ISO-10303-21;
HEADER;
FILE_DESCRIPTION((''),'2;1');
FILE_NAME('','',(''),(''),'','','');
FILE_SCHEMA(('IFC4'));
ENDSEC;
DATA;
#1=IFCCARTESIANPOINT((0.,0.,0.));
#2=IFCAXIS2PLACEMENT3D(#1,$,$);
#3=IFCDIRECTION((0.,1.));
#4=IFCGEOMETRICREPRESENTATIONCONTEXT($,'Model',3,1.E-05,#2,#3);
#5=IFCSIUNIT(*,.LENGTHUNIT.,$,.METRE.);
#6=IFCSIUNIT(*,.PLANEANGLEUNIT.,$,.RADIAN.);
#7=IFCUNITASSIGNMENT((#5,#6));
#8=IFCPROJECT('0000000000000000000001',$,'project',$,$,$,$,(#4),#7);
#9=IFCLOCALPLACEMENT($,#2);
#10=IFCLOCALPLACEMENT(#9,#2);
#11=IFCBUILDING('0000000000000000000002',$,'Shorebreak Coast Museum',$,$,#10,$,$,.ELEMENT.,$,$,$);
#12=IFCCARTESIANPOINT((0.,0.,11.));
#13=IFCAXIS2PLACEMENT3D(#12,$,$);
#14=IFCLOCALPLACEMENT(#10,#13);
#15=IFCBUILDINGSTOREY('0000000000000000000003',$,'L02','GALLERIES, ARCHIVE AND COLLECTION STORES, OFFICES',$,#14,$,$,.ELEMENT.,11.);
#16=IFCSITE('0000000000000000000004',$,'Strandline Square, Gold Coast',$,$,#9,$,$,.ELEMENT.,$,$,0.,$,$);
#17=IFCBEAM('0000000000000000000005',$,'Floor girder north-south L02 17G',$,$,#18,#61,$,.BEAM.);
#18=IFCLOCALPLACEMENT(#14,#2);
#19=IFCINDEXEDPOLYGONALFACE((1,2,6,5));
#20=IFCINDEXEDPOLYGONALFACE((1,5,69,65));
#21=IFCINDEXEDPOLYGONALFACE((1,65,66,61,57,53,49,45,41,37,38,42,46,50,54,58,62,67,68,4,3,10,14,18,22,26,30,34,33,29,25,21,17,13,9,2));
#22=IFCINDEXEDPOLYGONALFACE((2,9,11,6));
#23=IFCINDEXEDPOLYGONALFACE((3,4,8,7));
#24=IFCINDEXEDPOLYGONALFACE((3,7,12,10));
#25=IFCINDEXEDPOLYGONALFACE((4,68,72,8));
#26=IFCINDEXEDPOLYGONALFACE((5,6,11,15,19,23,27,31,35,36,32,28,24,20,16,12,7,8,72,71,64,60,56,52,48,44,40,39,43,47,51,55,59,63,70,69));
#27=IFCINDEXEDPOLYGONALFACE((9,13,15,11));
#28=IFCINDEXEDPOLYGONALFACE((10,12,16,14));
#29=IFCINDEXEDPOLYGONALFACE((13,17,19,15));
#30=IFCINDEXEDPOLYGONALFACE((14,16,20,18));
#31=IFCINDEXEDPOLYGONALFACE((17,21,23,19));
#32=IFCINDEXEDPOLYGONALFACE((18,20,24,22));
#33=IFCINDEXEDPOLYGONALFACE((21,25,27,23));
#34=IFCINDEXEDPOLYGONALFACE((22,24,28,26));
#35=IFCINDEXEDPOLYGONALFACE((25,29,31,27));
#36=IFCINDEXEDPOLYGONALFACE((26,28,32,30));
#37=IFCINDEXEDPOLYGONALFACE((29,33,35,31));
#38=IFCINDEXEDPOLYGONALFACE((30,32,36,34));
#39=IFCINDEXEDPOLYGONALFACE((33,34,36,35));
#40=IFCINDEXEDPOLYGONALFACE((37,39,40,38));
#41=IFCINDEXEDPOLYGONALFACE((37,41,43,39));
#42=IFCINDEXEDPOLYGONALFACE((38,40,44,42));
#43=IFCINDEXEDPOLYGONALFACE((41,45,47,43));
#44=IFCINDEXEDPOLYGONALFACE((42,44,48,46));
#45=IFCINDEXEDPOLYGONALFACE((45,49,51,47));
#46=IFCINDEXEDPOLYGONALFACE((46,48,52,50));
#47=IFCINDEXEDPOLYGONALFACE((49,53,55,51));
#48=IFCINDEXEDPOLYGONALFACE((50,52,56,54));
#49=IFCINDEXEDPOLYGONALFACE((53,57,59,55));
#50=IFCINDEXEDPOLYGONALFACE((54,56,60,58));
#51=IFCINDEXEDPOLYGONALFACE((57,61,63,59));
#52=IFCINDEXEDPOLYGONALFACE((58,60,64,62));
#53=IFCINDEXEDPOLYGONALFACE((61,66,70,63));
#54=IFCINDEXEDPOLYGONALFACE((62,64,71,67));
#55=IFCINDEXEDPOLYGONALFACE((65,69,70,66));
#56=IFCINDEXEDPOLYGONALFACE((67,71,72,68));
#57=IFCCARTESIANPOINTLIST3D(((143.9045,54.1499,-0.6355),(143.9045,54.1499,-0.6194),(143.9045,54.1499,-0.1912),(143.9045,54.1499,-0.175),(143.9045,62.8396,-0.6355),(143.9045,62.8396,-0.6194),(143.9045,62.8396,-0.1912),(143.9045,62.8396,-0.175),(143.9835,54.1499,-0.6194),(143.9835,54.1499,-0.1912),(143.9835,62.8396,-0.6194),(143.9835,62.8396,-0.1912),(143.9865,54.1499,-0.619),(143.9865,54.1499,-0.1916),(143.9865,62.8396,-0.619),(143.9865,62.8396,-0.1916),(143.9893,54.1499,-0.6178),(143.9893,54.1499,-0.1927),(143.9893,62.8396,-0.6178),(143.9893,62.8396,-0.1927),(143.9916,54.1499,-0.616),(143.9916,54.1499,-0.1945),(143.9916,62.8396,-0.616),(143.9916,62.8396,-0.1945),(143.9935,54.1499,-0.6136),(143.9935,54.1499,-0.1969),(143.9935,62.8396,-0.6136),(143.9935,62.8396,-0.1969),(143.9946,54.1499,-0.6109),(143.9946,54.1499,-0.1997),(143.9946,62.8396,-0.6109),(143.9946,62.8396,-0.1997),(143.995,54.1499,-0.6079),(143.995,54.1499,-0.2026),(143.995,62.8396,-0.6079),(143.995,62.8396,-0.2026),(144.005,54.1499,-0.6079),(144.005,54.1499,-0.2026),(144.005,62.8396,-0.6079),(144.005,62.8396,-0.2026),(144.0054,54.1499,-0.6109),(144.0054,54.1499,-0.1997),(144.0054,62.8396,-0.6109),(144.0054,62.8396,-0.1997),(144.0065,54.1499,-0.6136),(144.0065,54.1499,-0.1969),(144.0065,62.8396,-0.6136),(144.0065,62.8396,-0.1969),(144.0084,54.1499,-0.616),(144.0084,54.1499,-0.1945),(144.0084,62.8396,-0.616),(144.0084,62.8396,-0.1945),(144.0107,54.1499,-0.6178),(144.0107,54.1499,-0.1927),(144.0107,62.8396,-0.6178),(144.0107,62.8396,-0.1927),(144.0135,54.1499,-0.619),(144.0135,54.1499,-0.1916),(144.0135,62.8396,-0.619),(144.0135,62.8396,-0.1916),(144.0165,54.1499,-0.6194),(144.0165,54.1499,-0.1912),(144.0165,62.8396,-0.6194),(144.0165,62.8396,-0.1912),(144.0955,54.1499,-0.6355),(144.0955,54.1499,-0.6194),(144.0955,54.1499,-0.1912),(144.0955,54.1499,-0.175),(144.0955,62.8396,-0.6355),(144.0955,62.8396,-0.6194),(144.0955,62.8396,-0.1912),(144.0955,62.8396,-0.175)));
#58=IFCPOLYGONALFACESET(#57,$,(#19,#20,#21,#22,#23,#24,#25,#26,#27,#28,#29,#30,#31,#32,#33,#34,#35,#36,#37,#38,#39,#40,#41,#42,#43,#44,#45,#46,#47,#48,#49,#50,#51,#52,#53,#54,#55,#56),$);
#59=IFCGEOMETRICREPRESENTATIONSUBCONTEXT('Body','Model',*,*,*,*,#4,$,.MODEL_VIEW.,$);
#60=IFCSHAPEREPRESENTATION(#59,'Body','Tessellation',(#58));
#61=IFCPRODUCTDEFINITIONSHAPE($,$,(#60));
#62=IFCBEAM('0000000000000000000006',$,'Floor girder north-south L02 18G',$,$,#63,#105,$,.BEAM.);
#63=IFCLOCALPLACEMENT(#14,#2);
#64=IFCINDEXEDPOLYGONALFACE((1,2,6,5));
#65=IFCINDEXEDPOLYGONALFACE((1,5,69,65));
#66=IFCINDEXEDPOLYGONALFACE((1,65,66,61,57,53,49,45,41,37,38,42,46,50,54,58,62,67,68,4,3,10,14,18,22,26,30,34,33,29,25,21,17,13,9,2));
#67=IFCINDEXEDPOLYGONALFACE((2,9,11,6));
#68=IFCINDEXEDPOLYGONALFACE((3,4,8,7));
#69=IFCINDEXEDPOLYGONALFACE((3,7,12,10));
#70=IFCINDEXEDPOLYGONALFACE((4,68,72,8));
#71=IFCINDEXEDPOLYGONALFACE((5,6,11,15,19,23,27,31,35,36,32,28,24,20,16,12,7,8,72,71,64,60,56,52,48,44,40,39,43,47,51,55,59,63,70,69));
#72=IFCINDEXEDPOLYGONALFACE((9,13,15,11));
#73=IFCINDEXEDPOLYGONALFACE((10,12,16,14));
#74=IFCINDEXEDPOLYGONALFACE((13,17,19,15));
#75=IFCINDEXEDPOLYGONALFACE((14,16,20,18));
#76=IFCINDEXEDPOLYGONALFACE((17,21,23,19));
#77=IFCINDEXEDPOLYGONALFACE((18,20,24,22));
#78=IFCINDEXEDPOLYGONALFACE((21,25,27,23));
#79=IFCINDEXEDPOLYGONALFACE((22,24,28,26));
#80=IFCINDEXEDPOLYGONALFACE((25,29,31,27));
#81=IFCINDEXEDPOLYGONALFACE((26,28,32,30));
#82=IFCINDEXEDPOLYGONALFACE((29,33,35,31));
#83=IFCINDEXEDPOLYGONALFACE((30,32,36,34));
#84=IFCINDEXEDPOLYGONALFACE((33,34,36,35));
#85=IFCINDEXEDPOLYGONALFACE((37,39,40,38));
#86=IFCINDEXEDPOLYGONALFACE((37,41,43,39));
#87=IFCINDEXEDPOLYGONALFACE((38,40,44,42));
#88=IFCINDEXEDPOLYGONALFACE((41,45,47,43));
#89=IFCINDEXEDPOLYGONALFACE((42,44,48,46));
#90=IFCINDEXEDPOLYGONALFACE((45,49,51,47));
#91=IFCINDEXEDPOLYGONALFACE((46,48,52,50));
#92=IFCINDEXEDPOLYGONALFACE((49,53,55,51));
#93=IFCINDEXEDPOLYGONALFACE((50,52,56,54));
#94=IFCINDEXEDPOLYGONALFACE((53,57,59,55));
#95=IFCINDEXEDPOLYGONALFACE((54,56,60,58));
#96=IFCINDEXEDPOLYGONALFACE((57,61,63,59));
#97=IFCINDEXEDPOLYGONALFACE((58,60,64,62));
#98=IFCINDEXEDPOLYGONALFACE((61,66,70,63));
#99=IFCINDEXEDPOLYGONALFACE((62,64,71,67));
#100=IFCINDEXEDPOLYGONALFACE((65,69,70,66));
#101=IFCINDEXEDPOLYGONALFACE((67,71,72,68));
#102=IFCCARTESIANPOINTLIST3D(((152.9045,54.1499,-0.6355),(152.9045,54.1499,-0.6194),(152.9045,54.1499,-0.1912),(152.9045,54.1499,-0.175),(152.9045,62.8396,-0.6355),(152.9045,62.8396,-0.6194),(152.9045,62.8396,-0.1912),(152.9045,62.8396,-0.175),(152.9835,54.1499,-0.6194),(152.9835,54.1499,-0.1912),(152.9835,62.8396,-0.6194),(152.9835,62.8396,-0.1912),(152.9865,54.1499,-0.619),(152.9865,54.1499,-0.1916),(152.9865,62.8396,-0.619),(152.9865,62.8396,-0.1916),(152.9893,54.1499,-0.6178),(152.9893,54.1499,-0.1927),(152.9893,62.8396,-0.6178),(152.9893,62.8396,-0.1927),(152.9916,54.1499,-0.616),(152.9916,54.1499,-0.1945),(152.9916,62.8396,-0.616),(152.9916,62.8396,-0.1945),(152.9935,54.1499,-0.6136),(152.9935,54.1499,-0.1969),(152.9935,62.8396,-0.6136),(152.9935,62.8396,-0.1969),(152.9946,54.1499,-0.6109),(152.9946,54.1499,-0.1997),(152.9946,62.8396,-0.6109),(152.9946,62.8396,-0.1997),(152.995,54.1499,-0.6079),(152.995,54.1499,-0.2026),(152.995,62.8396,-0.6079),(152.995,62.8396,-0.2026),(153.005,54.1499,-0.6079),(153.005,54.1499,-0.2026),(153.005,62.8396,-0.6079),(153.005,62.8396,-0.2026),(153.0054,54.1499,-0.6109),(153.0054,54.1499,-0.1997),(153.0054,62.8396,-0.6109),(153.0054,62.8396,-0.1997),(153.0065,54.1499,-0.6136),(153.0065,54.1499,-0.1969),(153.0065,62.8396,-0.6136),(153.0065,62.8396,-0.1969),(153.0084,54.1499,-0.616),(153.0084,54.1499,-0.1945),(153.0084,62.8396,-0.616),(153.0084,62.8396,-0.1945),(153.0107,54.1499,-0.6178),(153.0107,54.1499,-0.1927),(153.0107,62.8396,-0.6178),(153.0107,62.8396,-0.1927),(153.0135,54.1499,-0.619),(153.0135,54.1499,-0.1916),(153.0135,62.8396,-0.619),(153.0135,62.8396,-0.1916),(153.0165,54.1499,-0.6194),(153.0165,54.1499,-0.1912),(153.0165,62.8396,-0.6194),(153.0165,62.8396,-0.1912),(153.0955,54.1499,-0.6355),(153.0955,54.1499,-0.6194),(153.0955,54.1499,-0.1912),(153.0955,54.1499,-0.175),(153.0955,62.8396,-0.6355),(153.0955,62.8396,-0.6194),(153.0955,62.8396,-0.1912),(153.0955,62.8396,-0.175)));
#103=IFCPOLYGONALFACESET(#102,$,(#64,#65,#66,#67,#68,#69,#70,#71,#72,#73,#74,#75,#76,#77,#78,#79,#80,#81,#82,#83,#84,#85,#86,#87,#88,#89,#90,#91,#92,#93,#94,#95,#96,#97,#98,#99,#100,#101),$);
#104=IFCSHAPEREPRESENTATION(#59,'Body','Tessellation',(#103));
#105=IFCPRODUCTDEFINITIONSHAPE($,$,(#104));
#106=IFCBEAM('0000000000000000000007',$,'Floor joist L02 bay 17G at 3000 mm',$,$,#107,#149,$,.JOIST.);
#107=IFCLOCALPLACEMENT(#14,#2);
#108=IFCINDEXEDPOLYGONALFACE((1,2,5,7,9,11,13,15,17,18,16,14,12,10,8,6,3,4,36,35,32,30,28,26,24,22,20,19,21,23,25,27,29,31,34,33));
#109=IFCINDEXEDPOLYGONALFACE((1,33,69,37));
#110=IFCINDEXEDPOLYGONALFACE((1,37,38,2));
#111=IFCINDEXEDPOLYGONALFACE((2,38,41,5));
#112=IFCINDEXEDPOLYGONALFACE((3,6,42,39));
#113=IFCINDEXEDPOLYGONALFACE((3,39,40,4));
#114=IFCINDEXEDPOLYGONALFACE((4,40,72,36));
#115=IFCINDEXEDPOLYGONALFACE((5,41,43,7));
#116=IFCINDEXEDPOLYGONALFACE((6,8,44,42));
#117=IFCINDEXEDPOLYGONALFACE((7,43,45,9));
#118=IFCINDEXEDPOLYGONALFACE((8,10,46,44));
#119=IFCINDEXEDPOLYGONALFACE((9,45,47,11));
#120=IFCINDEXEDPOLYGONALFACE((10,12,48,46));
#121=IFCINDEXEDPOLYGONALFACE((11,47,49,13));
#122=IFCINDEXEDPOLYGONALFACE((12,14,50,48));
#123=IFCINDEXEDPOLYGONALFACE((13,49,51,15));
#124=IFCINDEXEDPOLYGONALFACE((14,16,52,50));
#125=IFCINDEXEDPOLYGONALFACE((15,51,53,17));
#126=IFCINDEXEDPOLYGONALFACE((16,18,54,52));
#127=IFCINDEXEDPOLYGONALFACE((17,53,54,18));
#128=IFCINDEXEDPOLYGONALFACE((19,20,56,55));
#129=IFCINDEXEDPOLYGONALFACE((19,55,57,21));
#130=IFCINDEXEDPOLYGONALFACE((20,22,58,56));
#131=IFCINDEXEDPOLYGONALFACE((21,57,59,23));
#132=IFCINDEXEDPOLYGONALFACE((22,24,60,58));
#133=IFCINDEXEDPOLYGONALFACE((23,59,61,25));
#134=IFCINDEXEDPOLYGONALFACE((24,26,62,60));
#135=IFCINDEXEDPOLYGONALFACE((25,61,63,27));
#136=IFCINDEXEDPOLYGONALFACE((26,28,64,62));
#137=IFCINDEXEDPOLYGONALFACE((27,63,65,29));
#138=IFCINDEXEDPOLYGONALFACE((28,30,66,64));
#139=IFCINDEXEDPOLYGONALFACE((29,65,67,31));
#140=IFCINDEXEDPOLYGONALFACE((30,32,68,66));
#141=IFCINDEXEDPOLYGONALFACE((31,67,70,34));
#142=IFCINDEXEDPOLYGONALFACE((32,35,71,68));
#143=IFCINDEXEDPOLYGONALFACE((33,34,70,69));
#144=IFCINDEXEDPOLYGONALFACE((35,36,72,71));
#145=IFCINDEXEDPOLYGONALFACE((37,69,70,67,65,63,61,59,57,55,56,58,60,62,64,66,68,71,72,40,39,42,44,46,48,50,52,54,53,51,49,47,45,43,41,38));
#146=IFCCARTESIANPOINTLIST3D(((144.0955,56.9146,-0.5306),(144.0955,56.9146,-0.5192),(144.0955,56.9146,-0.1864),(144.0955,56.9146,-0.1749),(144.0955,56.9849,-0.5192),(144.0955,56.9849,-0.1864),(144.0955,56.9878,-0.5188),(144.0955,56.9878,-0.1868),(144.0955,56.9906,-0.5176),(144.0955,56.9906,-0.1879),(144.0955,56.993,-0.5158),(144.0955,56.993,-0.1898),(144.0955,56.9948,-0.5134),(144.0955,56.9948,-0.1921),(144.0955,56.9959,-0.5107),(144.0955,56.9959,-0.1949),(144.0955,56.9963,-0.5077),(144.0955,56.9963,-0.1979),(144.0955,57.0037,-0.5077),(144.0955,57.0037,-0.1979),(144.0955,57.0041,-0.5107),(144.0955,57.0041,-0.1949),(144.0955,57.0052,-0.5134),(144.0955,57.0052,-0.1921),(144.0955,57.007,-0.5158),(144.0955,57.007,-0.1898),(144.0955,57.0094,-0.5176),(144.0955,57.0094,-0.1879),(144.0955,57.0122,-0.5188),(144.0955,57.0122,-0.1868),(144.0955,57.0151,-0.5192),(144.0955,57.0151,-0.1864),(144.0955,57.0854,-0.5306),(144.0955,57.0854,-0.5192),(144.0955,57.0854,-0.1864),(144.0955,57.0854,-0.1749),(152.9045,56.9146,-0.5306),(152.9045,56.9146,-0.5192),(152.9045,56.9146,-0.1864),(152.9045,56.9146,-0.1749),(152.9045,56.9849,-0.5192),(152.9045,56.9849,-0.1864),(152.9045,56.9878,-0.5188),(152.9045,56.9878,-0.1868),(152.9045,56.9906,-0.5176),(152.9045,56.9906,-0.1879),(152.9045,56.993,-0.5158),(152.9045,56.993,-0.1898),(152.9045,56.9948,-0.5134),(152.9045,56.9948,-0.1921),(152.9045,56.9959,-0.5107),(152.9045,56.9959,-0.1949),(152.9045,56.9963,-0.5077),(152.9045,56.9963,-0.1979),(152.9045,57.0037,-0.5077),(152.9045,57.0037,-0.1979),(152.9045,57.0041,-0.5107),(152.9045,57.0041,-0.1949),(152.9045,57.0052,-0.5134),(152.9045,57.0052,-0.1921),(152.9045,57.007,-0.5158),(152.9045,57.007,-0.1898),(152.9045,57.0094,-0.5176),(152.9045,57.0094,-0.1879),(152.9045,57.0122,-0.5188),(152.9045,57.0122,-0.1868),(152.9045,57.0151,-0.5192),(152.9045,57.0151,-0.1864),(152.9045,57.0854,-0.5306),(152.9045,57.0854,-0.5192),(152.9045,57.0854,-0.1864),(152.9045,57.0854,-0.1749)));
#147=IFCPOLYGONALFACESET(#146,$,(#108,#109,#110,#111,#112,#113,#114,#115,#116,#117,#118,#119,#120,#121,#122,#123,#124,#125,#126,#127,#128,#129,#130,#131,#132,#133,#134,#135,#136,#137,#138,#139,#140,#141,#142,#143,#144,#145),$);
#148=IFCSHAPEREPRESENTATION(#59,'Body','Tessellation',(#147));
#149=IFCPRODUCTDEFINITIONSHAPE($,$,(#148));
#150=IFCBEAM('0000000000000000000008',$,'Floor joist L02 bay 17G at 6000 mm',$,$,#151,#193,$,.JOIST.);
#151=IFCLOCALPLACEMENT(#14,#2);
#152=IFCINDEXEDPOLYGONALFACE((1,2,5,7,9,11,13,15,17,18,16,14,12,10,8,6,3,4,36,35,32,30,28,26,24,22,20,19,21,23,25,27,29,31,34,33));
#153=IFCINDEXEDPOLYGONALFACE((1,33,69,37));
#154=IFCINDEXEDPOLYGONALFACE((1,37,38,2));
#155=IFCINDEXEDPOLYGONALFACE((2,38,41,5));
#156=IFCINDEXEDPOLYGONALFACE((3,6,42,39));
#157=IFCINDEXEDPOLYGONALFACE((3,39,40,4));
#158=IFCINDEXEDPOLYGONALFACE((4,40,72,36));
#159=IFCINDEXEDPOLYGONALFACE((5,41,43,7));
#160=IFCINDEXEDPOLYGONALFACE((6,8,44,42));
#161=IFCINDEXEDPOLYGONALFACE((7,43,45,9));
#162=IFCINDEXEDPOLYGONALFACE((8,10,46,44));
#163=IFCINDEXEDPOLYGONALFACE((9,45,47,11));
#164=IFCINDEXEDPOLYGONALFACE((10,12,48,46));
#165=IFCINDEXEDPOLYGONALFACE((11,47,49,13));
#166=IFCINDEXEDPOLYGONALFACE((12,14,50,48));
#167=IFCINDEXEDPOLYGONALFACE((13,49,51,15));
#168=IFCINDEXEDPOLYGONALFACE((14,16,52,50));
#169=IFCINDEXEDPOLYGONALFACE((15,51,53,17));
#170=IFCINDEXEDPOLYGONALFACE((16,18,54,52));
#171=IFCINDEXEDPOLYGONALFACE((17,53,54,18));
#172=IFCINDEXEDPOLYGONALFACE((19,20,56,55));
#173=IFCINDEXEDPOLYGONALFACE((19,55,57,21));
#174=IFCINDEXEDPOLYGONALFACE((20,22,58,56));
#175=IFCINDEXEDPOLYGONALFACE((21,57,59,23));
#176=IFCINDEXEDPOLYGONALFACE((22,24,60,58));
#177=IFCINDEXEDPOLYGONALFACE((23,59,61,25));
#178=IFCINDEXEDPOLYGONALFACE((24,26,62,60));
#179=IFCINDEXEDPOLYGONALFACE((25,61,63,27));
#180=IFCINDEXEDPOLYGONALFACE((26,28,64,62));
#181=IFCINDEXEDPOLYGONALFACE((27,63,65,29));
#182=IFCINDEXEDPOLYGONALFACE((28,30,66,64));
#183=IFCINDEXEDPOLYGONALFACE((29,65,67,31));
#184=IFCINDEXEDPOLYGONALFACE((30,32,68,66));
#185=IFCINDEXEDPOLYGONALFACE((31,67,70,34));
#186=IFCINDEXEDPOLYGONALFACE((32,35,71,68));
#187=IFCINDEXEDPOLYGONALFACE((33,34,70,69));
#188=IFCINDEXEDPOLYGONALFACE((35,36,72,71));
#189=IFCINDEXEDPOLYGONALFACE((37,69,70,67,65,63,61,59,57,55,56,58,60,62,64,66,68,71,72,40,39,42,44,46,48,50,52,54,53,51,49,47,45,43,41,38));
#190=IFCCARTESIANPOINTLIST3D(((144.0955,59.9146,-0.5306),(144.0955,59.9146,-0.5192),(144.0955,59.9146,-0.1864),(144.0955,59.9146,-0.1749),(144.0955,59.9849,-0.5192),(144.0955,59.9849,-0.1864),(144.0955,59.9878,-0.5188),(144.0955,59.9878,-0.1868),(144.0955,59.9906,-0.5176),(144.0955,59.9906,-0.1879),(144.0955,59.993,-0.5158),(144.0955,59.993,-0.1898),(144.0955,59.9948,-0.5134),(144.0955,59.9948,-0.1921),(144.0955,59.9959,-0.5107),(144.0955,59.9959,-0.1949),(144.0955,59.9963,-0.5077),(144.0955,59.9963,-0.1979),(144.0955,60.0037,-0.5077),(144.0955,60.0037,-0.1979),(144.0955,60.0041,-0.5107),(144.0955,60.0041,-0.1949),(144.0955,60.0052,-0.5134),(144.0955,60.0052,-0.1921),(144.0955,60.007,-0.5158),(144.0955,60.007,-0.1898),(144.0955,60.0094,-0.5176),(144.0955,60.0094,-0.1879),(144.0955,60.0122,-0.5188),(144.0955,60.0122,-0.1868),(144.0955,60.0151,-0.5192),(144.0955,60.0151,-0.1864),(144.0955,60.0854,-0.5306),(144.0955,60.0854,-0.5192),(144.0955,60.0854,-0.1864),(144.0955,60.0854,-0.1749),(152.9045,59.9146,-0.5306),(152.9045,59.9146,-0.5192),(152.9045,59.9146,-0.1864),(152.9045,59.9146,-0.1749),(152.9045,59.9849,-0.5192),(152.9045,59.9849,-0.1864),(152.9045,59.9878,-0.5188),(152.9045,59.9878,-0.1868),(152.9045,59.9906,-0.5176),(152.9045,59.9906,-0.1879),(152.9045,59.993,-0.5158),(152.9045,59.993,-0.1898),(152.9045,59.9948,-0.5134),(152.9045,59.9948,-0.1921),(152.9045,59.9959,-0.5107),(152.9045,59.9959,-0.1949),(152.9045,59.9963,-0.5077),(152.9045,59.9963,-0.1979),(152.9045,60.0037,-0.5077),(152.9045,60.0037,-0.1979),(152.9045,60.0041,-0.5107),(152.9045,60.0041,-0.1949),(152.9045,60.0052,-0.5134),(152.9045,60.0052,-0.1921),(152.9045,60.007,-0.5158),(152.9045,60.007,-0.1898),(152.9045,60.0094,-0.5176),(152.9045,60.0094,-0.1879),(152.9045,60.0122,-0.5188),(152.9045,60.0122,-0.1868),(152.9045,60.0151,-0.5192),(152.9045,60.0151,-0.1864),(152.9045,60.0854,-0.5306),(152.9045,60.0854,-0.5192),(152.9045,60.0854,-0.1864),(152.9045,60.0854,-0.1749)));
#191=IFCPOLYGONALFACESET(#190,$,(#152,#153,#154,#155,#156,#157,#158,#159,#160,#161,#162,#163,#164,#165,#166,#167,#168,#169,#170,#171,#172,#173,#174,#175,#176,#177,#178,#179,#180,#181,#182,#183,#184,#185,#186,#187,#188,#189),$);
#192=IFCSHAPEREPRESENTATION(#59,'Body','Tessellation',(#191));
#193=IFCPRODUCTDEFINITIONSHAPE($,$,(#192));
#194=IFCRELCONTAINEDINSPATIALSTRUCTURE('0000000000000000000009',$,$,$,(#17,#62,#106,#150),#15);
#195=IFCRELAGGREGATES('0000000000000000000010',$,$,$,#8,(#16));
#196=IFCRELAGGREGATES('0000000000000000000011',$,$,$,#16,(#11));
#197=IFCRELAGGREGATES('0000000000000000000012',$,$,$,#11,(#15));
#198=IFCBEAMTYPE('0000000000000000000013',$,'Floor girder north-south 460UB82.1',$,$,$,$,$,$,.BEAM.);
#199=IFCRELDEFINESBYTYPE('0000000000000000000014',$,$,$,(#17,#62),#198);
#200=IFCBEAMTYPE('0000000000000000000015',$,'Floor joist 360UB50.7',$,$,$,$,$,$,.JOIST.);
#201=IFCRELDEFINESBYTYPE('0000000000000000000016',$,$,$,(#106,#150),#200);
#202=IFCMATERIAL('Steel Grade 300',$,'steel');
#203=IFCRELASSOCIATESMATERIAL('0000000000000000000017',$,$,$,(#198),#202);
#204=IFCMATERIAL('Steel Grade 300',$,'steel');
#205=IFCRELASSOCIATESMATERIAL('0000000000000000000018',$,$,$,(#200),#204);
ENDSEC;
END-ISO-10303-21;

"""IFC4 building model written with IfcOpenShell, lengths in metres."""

from ifc_helpers import new_model, si_unit, direction, frame, origin, origin_2d, place, context, subcontext, project, spatial, i_section, extrude, material, material_profile, profile_set, type_object, element, save


model = new_model("IFC4")

# Units and contexts
model_context = context("Model", 3, precision=1e-05, world=origin(), true_north=direction((0.0, 1.0)))
body_context = subcontext(model_context, "Body", "Model", "MODEL_VIEW")
ifc_project = project(units=[si_unit("LENGTHUNIT", "METRE"), si_unit("PLANEANGLEUNIT", "RADIAN")], contexts=[model_context])

# Site, building, storey
site_placement = place(None, origin())
site = spatial("IfcSite", under=ifc_project, at=site_placement, Name="Strandline Square, Gold Coast", CompositionType="ELEMENT", RefElevation=0.0)
building_placement = place(site_placement, origin())
building = spatial("IfcBuilding", under=site, at=building_placement, Name="Shorebreak Coast Museum", CompositionType="ELEMENT")
storey_placement = place(building_placement, frame((0.0, 0.0, 11.0)))
storey = spatial("IfcBuildingStorey", under=building, at=storey_placement, Name="L02", Description="GALLERIES, ARCHIVE AND COLLECTION STORES, OFFICES", CompositionType="ELEMENT", Elevation=11.0)

# Beams
ifc_material_1 = material(Name="Steel Grade 300", Category="steel")
ifc_material_profile_1 = material_profile(ifc_material_1, i_section(OverallWidth=0.1909, OverallDepth=0.4604, WebThickness=0.01, FlangeThickness=0.0161, FilletRadius=0.0115, at=origin_2d()), Name="460UB82.1")
ifc_profile_set_1 = profile_set([ifc_material_profile_1], Name="Steel Grade 300")
beam_type_1 = type_object("IfcBeamType", Name="Floor girder north-south 460UB82.1", PredefinedType="BEAM", material=ifc_profile_set_1)
for number, where, z_axis, x_axis, name in (
    (1, (144.0, 54.1499, -0.4053), (0.0, 1.0, 0.0), (-1.0, 0.0, 0.0), "Floor girder north-south L02 17G"),
    (2, (153.0, 54.1499, -0.4053), (0.0, 1.0, 0.0), (-1.0, 0.0, 0.0), "Floor girder north-south L02 18G"),
):
    element("IfcBeam", number, at=place(storey_placement, frame(where, z_axis=z_axis, x_axis=x_axis)), inside=storey, type_object=beam_type_1, Name=name, PredefinedType="BEAM", context=body_context, shape_type="SweptSolid", body=[
        extrude(i_section(OverallWidth=0.1909, OverallDepth=0.4604, WebThickness=0.01, FlangeThickness=0.0161, FilletRadius=0.0115, at=origin_2d()), origin(), (0.0, 0.0, 1.0), 8.6897),
    ])
ifc_material_2 = material(Name="Steel Grade 300", Category="steel")
ifc_material_profile_2 = material_profile(ifc_material_2, i_section(OverallWidth=0.1709, OverallDepth=0.3557, WebThickness=0.0073, FlangeThickness=0.0115, FilletRadius=0.0115, at=origin_2d()), Name="360UB50.7")
ifc_profile_set_2 = profile_set([ifc_material_profile_2], Name="Steel Grade 300")
beam_type_2 = type_object("IfcBeamType", Name="Floor joist 360UB50.7", PredefinedType="JOIST", material=ifc_profile_set_2)
for number, where, z_axis, x_axis, name in (
    (3, (144.0955, 57.0, -0.3528), (1.0, 0.0, 0.0), (0.0, 1.0, 0.0), "Floor joist L02 bay 17G at 3000 mm"),
    (4, (144.0955, 60.0, -0.3528), (1.0, 0.0, 0.0), (0.0, 1.0, 0.0), "Floor joist L02 bay 17G at 6000 mm"),
):
    element("IfcBeam", number, at=place(storey_placement, frame(where, z_axis=z_axis, x_axis=x_axis)), inside=storey, type_object=beam_type_2, Name=name, PredefinedType="JOIST", context=body_context, shape_type="SweptSolid", body=[
        extrude(i_section(OverallWidth=0.1709, OverallDepth=0.3557, WebThickness=0.0073, FlangeThickness=0.0115, FilletRadius=0.0115, at=origin_2d()), origin(), (0.0, 0.0, 1.0), 8.8091),
    ])

save(model, "model.ifc")
